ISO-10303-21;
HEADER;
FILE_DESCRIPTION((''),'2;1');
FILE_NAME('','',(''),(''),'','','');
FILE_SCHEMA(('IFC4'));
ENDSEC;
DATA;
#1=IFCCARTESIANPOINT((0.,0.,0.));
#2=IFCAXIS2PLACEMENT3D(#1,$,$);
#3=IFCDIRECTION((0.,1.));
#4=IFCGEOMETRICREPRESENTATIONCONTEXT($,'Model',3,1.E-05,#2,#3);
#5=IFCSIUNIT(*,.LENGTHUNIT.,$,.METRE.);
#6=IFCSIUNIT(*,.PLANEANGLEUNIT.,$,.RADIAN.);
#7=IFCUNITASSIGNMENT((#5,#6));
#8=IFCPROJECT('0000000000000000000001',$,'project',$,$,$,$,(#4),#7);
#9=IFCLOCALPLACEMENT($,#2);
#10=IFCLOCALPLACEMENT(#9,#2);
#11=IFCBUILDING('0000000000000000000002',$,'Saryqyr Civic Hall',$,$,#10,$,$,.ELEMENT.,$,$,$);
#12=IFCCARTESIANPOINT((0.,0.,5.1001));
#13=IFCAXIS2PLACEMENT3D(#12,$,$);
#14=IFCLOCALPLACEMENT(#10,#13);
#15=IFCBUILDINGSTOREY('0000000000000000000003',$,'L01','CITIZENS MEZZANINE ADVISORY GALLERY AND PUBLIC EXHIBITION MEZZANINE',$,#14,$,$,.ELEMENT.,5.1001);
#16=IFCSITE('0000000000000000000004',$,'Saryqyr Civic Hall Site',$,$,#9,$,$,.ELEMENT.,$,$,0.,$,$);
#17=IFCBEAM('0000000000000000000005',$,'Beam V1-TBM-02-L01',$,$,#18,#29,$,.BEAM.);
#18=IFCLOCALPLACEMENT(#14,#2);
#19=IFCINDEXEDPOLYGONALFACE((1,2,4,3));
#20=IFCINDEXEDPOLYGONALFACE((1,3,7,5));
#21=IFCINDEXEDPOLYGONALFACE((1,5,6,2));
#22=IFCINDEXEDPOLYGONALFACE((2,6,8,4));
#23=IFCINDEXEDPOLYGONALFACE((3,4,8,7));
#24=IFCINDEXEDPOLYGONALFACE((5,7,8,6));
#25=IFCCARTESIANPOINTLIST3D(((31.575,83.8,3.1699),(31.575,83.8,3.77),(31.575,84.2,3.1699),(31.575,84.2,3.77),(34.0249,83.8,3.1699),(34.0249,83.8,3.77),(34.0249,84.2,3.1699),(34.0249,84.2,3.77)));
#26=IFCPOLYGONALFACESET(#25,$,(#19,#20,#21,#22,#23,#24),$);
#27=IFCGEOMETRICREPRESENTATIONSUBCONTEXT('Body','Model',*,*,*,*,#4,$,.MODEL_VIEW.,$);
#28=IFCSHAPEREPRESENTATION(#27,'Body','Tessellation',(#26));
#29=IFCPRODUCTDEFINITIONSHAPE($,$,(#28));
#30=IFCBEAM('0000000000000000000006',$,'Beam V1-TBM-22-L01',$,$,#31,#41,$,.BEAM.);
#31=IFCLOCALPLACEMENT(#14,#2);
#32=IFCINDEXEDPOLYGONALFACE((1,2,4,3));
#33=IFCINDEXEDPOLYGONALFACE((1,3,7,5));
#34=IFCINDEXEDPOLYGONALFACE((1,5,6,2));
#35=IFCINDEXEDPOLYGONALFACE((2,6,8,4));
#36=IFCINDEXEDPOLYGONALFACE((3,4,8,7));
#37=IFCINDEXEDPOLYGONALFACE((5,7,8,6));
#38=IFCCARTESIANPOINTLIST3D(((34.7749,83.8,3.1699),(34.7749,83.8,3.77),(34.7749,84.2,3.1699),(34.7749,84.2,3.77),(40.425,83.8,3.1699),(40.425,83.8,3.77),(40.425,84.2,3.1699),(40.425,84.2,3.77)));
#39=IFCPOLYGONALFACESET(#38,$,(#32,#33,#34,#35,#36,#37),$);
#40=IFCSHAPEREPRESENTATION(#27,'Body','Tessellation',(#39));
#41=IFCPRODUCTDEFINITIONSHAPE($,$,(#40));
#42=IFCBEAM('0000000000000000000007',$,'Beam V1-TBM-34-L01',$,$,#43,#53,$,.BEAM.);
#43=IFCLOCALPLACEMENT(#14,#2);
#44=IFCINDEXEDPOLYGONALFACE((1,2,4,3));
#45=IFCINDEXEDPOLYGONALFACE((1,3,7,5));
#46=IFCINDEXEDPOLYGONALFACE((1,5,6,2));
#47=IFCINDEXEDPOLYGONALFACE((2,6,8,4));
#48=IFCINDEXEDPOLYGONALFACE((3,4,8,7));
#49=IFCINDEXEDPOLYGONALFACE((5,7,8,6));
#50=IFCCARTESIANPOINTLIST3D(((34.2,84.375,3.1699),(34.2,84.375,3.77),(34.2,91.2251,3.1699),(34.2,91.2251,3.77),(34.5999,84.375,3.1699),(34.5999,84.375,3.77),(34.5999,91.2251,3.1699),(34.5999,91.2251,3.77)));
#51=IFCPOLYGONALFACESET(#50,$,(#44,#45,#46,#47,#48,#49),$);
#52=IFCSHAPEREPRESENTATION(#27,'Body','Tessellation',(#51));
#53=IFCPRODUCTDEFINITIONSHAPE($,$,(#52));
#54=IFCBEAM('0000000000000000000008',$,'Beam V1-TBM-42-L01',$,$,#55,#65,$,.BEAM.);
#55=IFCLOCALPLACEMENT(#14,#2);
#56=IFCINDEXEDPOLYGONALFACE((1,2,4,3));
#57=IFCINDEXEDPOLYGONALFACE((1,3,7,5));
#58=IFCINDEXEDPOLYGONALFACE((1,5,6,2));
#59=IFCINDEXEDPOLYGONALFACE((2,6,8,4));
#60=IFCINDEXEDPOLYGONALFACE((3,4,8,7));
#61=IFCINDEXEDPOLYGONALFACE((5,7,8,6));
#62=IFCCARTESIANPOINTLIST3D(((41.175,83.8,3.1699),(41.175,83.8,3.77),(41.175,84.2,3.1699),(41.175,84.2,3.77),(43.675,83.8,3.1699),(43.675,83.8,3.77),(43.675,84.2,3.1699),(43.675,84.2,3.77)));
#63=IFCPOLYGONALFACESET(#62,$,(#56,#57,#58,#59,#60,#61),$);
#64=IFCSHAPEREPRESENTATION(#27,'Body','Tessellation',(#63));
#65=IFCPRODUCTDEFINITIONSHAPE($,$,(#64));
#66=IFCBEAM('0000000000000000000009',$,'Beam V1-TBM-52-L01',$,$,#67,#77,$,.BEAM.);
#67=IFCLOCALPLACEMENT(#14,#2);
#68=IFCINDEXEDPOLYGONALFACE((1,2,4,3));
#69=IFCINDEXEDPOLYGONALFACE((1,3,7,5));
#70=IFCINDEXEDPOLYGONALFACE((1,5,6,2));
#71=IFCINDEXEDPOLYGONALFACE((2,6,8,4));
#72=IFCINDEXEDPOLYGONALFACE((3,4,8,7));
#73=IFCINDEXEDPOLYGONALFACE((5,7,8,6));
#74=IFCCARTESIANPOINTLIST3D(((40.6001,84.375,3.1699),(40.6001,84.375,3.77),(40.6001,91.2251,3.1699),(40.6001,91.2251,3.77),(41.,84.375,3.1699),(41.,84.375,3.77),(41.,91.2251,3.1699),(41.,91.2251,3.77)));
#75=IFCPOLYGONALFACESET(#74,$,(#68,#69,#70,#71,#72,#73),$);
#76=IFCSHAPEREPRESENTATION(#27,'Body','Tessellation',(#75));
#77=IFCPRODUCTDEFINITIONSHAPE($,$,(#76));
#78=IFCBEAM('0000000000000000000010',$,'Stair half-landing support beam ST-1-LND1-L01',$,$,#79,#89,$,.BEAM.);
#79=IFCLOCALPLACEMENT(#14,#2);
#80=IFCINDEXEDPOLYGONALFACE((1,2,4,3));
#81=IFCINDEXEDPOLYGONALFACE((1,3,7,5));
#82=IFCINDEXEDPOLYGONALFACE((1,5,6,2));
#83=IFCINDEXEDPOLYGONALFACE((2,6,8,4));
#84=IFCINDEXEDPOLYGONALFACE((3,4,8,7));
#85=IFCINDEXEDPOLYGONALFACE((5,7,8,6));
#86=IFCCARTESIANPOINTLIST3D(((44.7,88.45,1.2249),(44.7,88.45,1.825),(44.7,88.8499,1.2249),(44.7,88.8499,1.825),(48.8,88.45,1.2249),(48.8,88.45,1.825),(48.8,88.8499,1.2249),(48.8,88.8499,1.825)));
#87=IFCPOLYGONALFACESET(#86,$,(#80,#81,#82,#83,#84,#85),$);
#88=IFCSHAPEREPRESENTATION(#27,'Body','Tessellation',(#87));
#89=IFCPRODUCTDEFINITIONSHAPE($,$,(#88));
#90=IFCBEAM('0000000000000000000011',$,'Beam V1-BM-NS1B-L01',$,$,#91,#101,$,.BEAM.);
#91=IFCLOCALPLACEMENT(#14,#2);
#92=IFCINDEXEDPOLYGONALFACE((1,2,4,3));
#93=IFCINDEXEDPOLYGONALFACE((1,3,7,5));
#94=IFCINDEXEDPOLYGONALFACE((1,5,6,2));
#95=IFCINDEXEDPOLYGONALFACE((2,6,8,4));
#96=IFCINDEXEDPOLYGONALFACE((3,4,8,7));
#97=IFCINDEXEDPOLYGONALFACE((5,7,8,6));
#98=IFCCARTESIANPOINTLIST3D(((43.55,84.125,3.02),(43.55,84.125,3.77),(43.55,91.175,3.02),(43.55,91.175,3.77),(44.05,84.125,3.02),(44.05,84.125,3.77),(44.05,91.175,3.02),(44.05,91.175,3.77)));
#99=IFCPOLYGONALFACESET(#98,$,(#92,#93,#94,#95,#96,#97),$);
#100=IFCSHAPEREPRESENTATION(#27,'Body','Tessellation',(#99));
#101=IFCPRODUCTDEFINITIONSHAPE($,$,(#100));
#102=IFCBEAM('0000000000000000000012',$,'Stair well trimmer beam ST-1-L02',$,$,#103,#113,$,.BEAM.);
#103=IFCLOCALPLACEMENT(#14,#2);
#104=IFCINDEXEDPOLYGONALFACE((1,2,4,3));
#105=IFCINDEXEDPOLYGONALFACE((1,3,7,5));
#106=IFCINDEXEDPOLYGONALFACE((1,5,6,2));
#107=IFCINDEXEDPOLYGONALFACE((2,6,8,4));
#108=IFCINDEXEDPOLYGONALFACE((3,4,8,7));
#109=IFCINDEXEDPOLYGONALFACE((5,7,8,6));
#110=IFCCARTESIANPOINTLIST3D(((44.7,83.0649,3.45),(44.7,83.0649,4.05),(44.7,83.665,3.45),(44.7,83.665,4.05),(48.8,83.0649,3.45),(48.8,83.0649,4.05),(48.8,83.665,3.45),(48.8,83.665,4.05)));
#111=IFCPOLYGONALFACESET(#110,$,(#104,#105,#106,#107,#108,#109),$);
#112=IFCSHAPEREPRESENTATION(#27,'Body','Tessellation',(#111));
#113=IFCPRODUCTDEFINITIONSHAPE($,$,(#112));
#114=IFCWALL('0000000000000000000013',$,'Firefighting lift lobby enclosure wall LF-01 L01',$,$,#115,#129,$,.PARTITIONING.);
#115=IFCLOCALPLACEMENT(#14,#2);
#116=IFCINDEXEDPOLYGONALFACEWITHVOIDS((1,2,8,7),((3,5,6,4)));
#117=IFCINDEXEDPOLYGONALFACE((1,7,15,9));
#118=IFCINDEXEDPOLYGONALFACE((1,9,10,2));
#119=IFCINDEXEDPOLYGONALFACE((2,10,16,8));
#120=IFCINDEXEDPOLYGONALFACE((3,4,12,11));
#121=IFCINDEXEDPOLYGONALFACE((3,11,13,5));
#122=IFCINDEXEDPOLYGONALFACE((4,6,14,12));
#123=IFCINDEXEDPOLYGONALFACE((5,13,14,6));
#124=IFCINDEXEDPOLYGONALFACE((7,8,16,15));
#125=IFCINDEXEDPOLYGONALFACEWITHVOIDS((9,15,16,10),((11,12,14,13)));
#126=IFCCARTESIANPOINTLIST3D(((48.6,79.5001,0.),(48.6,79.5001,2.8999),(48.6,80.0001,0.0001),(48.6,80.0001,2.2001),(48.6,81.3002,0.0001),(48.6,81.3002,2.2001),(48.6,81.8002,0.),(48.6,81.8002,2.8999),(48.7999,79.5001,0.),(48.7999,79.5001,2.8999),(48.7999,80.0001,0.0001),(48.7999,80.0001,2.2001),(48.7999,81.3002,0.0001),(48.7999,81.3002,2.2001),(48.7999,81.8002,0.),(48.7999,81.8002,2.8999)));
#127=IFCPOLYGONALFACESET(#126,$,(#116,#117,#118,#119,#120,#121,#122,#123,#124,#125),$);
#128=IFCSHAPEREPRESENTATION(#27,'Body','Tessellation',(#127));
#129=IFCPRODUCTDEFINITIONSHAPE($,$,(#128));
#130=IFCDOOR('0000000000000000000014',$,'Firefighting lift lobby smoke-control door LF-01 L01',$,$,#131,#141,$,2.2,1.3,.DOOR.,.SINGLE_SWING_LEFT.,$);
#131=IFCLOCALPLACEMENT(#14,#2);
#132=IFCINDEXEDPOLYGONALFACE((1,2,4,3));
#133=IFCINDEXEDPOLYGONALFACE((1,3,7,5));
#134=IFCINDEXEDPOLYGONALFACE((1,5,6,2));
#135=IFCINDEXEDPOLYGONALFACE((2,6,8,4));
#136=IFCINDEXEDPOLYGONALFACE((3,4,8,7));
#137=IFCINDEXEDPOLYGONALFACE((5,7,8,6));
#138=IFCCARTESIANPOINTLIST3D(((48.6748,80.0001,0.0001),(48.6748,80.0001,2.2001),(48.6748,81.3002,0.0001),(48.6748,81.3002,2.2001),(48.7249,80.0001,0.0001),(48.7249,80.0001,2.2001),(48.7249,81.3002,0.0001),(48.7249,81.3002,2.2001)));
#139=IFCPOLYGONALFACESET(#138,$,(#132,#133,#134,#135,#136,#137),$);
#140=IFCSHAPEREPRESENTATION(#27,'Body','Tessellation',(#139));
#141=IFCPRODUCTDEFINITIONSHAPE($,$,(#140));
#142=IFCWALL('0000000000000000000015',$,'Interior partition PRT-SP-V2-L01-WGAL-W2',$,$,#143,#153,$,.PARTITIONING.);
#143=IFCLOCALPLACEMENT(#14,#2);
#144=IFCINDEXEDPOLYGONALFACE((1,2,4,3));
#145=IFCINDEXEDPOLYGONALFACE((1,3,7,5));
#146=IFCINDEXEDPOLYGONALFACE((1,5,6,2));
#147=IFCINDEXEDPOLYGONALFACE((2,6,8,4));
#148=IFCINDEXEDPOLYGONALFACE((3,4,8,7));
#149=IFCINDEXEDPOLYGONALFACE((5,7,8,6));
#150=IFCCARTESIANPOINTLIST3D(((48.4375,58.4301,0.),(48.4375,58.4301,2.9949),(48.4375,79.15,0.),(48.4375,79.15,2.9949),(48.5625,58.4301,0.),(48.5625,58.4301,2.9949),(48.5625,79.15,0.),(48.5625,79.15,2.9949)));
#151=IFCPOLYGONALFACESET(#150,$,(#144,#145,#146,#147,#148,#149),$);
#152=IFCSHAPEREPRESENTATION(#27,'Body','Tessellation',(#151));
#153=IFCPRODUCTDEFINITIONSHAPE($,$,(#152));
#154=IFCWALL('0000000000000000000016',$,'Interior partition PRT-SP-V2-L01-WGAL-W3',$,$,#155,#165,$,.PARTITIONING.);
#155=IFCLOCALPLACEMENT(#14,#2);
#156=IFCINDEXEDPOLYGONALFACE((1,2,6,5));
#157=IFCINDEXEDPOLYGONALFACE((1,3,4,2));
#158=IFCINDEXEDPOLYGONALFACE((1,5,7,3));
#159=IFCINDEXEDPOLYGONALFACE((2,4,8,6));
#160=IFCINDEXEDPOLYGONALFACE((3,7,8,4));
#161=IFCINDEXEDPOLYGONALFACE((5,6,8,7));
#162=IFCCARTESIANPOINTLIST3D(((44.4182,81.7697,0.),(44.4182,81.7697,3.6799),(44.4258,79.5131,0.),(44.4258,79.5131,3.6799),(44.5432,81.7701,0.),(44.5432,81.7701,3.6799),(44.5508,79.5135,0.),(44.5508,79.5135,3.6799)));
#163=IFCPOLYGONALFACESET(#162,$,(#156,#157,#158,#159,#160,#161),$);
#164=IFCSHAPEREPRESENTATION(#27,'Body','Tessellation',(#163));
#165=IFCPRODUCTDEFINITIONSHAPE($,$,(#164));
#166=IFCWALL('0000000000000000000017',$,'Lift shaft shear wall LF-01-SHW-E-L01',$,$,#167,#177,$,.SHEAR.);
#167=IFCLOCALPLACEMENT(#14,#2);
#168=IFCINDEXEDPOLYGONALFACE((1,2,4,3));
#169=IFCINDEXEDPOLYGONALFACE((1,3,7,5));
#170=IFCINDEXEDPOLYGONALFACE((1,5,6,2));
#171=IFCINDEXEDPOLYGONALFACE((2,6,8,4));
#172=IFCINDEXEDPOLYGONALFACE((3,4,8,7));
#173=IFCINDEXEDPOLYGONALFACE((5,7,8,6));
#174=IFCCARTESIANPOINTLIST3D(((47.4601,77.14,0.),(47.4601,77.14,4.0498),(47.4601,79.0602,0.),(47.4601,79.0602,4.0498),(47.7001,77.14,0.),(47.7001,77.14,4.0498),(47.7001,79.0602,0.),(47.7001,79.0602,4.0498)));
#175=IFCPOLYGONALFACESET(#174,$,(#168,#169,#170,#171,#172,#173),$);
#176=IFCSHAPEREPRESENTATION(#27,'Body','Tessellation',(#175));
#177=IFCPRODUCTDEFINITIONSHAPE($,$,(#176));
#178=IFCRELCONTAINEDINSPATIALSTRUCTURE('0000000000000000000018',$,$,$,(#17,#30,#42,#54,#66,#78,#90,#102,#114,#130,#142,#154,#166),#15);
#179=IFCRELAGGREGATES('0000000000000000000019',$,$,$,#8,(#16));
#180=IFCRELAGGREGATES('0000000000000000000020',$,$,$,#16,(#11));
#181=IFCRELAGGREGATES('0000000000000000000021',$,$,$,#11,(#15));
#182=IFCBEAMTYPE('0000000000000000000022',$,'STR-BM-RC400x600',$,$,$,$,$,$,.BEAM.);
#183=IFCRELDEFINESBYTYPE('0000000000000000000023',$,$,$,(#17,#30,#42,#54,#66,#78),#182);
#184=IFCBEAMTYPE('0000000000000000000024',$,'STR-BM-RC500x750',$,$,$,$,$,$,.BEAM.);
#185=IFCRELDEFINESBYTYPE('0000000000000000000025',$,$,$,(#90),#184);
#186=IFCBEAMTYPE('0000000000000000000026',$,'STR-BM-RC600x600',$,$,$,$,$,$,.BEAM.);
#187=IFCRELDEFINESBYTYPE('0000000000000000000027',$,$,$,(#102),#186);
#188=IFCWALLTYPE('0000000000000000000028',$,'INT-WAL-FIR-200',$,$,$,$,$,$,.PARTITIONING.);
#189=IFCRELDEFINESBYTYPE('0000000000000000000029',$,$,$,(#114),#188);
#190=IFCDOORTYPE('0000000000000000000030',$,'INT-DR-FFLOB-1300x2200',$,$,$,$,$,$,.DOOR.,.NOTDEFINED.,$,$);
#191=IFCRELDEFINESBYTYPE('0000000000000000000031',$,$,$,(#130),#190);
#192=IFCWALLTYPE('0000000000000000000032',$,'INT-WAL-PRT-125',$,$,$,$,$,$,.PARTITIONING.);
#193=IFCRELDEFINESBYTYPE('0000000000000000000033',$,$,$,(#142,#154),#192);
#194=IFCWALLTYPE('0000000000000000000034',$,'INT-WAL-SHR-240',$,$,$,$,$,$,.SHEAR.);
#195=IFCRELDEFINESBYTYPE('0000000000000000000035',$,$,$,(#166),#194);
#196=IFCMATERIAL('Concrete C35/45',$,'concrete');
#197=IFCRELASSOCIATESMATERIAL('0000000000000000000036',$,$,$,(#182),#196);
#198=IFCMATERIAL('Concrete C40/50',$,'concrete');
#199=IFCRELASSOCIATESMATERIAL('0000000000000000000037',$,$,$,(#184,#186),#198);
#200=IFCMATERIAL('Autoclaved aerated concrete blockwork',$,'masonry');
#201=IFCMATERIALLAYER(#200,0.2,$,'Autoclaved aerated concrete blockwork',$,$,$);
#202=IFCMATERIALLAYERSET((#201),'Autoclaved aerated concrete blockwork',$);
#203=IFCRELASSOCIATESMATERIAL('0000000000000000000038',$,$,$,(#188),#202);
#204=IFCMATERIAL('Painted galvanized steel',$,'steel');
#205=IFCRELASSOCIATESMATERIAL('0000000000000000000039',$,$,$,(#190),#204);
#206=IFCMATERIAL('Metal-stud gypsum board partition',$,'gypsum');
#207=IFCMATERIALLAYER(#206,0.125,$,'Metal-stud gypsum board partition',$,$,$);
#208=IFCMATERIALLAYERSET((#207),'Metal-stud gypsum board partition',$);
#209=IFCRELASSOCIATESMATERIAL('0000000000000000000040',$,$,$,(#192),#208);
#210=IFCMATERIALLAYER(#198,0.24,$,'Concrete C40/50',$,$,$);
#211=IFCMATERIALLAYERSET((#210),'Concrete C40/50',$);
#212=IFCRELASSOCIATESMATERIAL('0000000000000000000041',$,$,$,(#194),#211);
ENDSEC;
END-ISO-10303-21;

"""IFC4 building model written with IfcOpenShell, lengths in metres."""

from ifc_helpers import new_model, si_unit, direction, frame, frame_2d, origin, origin_2d, place, context, subcontext, project, spatial, rectangle, extrude, material, layer, layer_set, material_profile, profile_set, type_object, element, fill, save


model = new_model("IFC4")

# Units and contexts
model_context = context("Model", 3, precision=1e-05, world=origin(), true_north=direction((0.0, 1.0)))
body_context = subcontext(model_context, "Body", "Model", "MODEL_VIEW")
ifc_project = project(units=[si_unit("LENGTHUNIT", "METRE"), si_unit("PLANEANGLEUNIT", "RADIAN")], contexts=[model_context])

# Site, building, storey
site_placement = place(None, origin())
site = spatial("IfcSite", under=ifc_project, at=site_placement, Name="Saryqyr Civic Hall Site", CompositionType="ELEMENT", RefElevation=0.0)
building_placement = place(site_placement, origin())
building = spatial("IfcBuilding", under=site, at=building_placement, Name="Saryqyr Civic Hall", CompositionType="ELEMENT")
storey_placement = place(building_placement, frame((0.0, 0.0, 5.1001)))
storey = spatial("IfcBuildingStorey", under=building, at=storey_placement, Name="L01", Description="CITIZENS MEZZANINE ADVISORY GALLERY AND PUBLIC EXHIBITION MEZZANINE", CompositionType="ELEMENT", Elevation=5.1001)

# Shared definitions
ifc_material_1 = material(Name="Concrete C40/50", Category="concrete")

# Beams
ifc_material_2 = material(Name="Concrete C35/45", Category="concrete")
ifc_material_profile_1 = material_profile(ifc_material_2, rectangle(XDim=0.3999, YDim=0.6001, at=origin_2d()), Name="RC 400x600")
ifc_profile_set_1 = profile_set([ifc_material_profile_1], Name="Concrete C35/45")
beam_type_1 = type_object("IfcBeamType", Name="STR-BM-RC400x600", PredefinedType="BEAM", material=ifc_profile_set_1)
beam_1_placement = place(storey_placement, frame((31.575, 84.0, 3.47), z_axis=(1.0, 0.0, 0.0), x_axis=(0.0, 1.0, 0.0)))
element("IfcBeam", 1, at=beam_1_placement, inside=storey, type_object=beam_type_1, Name="Beam V1-TBM-02-L01", PredefinedType="BEAM", context=body_context, shape_type="SweptSolid", body=[
    extrude(rectangle(XDim=0.3999, YDim=0.6001, at=origin_2d()), origin(), (0.0, 0.0, 1.0), 2.45),
])
beam_2_placement = place(storey_placement, frame((34.7749, 84.0, 3.47), z_axis=(1.0, 0.0, 0.0), x_axis=(0.0, 1.0, 0.0)))
element("IfcBeam", 2, at=beam_2_placement, inside=storey, type_object=beam_type_1, Name="Beam V1-TBM-22-L01", PredefinedType="BEAM", context=body_context, shape_type="SweptSolid", body=[
    extrude(rectangle(XDim=0.3999, YDim=0.6001, at=origin_2d()), origin(), (0.0, 0.0, 1.0), 5.6501),
])
beam_3_placement = place(storey_placement, frame((34.3999, 84.375, 3.47), z_axis=(0.0, 1.0, 0.0), x_axis=(-1.0, 0.0, 0.0)))
element("IfcBeam", 3, at=beam_3_placement, inside=storey, type_object=beam_type_1, Name="Beam V1-TBM-34-L01", PredefinedType="BEAM", context=body_context, shape_type="SweptSolid", body=[
    extrude(rectangle(XDim=0.3999, YDim=0.6001, at=origin_2d()), origin(), (0.0, 0.0, 1.0), 6.8501),
])
beam_4_placement = place(storey_placement, frame((41.175, 84.0, 3.47), z_axis=(1.0, 0.0, 0.0), x_axis=(0.0, 1.0, 0.0)))
element("IfcBeam", 4, at=beam_4_placement, inside=storey, type_object=beam_type_1, Name="Beam V1-TBM-42-L01", PredefinedType="BEAM", context=body_context, shape_type="SweptSolid", body=[
    extrude(rectangle(XDim=0.3999, YDim=0.6001, at=origin_2d()), origin(), (0.0, 0.0, 1.0), 2.5),
])
beam_5_placement = place(storey_placement, frame((40.8, 84.375, 3.47), z_axis=(0.0, 1.0, 0.0), x_axis=(-1.0, 0.0, 0.0)))
element("IfcBeam", 5, at=beam_5_placement, inside=storey, type_object=beam_type_1, Name="Beam V1-TBM-52-L01", PredefinedType="BEAM", context=body_context, shape_type="SweptSolid", body=[
    extrude(rectangle(XDim=0.3999, YDim=0.6001, at=origin_2d()), origin(), (0.0, 0.0, 1.0), 6.8501),
])
beam_6_placement = place(storey_placement, frame((48.8, 88.6499, 1.5249), z_axis=(-1.0, 0.0, 0.0), x_axis=(0.0, -1.0, 0.0)))
element("IfcBeam", 6, at=beam_6_placement, inside=storey, type_object=beam_type_1, Name="Stair half-landing support beam ST-1-LND1-L01", PredefinedType="BEAM", context=body_context, shape_type="SweptSolid", body=[
    extrude(rectangle(XDim=0.3999, YDim=0.6001, at=origin_2d()), origin(), (0.0, 0.0, 1.0), 4.1001),
])
ifc_material_profile_2 = material_profile(ifc_material_1, rectangle(XDim=0.5, YDim=0.75, at=origin_2d()), Name="RC 500x750")
ifc_profile_set_2 = profile_set([ifc_material_profile_2], Name="Concrete C40/50")
beam_type_2 = type_object("IfcBeamType", Name="STR-BM-RC500x750", PredefinedType="BEAM", material=ifc_profile_set_2)
beam_7_placement = place(storey_placement, frame((43.8, 84.125, 3.395), z_axis=(0.0, 1.0, 0.0), x_axis=(-1.0, 0.0, 0.0)))
element("IfcBeam", 7, at=beam_7_placement, inside=storey, type_object=beam_type_2, Name="Beam V1-BM-NS1B-L01", PredefinedType="BEAM", context=body_context, shape_type="SweptSolid", body=[
    extrude(rectangle(XDim=0.5, YDim=0.75, at=origin_2d()), origin(), (0.0, 0.0, 1.0), 7.05),
])
ifc_material_profile_3 = material_profile(ifc_material_1, rectangle(XDim=0.6001, YDim=0.6001, at=origin_2d()), Name="RC 600x600")
ifc_profile_set_3 = profile_set([ifc_material_profile_3], Name="Concrete C40/50")
beam_type_3 = type_object("IfcBeamType", Name="STR-BM-RC600x600", PredefinedType="BEAM", material=ifc_profile_set_3)
beam_8_placement = place(storey_placement, frame((48.8, 83.365, 3.75), z_axis=(-1.0, 0.0, 0.0), x_axis=(0.0, -1.0, 0.0)))
element("IfcBeam", 8, at=beam_8_placement, inside=storey, type_object=beam_type_3, Name="Stair well trimmer beam ST-1-L02", PredefinedType="BEAM", context=body_context, shape_type="SweptSolid", body=[
    extrude(rectangle(XDim=0.6001, YDim=0.6001, at=origin_2d()), origin(), (0.0, 0.0, 1.0), 4.1001),
])

# Wall, opening, door
ifc_material_3 = material(Name="Autoclaved aerated concrete blockwork", Category="masonry")
ifc_layer_1 = layer(ifc_material_3, 0.2, Name="Autoclaved aerated concrete blockwork")
ifc_layer_set_1 = layer_set([ifc_layer_1], Name="Autoclaved aerated concrete blockwork")
wall_type_1 = type_object("IfcWallType", Name="INT-WAL-FIR-200", PredefinedType="PARTITIONING", material=ifc_layer_set_1)
wall_1_placement = place(storey_placement, frame((48.7, 81.8, 0.0), z_axis=(0.0, 0.0, 1.0), x_axis=(0.0, -1.0, 0.0)))
wall_1 = element("IfcWall", 9, at=wall_1_placement, inside=storey, type_object=wall_type_1, Name="Firefighting lift lobby enclosure wall LF-01 L01", PredefinedType="PARTITIONING", context=body_context, shape_type="SweptSolid", body=[
    extrude(rectangle(XDim=2.3, YDim=0.2, at=frame_2d((1.1499, 0.0))), origin(), (0.0, 0.0, 1.0), 2.8999),
])
opening_1_placement = place(wall_1_placement, frame((0.5, 0.0, 0.0)))
opening_1 = element("IfcOpeningElement", 10, at=opening_1_placement, cuts=wall_1, PredefinedType="OPENING", context=body_context, shape_type="SweptSolid", body=[
    extrude(rectangle(XDim=1.3, YDim=2.2, at=frame_2d((0.6499, 1.1001))), frame((0.0, 0.1099, 0.0), z_axis=(0.0, -1.0, 0.0), x_axis=(1.0, 0.0, 0.0)), (0.0, 0.0, 1.0), 0.22),
])
ifc_material_4 = material(Name="Painted galvanized steel", Category="steel")
door_type_1 = type_object("IfcDoorType", Name="INT-DR-FFLOB-1300x2200", OperationType="NOTDEFINED", PredefinedType="DOOR", material=ifc_material_4)
door_1_placement = place(opening_1_placement, origin())
door_1 = element("IfcDoor", 11, at=door_1_placement, inside=storey, type_object=door_type_1, Name="Firefighting lift lobby smoke-control door LF-01 L01", OperationType="SINGLE_SWING_LEFT", OverallHeight=2.2, OverallWidth=1.3, PredefinedType="DOOR", context=body_context, shape_type="SweptSolid", body=[
    extrude(rectangle(XDim=1.3, YDim=2.2, at=frame_2d((0.6499, 1.1001))), frame((0.0, 0.0249, 0.0), z_axis=(0.0, -1.0, 0.0), x_axis=(1.0, 0.0, 0.0)), (0.0, 0.0, 1.0), 0.05),
])
fill(opening_1, door_1)

# Walls
ifc_material_5 = material(Name="Metal-stud gypsum board partition", Category="gypsum")
ifc_layer_2 = layer(ifc_material_5, 0.125, Name="Metal-stud gypsum board partition")
ifc_layer_set_2 = layer_set([ifc_layer_2], Name="Metal-stud gypsum board partition")
wall_type_2 = type_object("IfcWallType", Name="INT-WAL-PRT-125", PredefinedType="PARTITIONING", material=ifc_layer_set_2)
wall_2_placement = place(storey_placement, frame((48.5, 79.1499, 0.0), z_axis=(0.0, 0.0, 1.0), x_axis=(0.0, -1.0, 0.0)))
element("IfcWall", 12, at=wall_2_placement, inside=storey, type_object=wall_type_2, Name="Interior partition PRT-SP-V2-L01-WGAL-W2", PredefinedType="PARTITIONING", context=body_context, shape_type="SweptSolid", body=[
    extrude(rectangle(XDim=20.72, YDim=0.125, at=frame_2d((10.3599, 0.0))), origin(), (0.0, 0.0, 1.0), 2.9949),
])
wall_3_placement = place(storey_placement, frame((44.4807, 81.77, 0.0), z_axis=(0.0, 0.0, 1.0), x_axis=(0.003354, -0.999994, 0.0)))
element("IfcWall", 13, at=wall_3_placement, inside=storey, type_object=wall_type_2, Name="Interior partition PRT-SP-V2-L01-WGAL-W3", PredefinedType="PARTITIONING", context=body_context, shape_type="SweptSolid", body=[
    extrude(rectangle(XDim=2.2566, YDim=0.125, at=frame_2d((1.1284, 0.0))), origin(), (0.0, 0.0, 1.0), 3.6799),
])
ifc_layer_3 = layer(ifc_material_1, 0.24, Name="Concrete C40/50")
ifc_layer_set_3 = layer_set([ifc_layer_3], Name="Concrete C40/50")
wall_type_3 = type_object("IfcWallType", Name="INT-WAL-SHR-240", PredefinedType="SHEAR", material=ifc_layer_set_3)
wall_4_placement = place(storey_placement, frame((47.5801, 79.0601, 0.0), z_axis=(0.0, 0.0, 1.0), x_axis=(0.0, -1.0, 0.0)))
element("IfcWall", 14, at=wall_4_placement, inside=storey, type_object=wall_type_3, Name="Lift shaft shear wall LF-01-SHW-E-L01", PredefinedType="SHEAR", context=body_context, shape_type="SweptSolid", body=[
    extrude(rectangle(XDim=1.9202, YDim=0.24, at=frame_2d((0.96, 0.0))), origin(), (0.0, 0.0, 1.0), 4.0498),
])

save(model, "model.ifc")
